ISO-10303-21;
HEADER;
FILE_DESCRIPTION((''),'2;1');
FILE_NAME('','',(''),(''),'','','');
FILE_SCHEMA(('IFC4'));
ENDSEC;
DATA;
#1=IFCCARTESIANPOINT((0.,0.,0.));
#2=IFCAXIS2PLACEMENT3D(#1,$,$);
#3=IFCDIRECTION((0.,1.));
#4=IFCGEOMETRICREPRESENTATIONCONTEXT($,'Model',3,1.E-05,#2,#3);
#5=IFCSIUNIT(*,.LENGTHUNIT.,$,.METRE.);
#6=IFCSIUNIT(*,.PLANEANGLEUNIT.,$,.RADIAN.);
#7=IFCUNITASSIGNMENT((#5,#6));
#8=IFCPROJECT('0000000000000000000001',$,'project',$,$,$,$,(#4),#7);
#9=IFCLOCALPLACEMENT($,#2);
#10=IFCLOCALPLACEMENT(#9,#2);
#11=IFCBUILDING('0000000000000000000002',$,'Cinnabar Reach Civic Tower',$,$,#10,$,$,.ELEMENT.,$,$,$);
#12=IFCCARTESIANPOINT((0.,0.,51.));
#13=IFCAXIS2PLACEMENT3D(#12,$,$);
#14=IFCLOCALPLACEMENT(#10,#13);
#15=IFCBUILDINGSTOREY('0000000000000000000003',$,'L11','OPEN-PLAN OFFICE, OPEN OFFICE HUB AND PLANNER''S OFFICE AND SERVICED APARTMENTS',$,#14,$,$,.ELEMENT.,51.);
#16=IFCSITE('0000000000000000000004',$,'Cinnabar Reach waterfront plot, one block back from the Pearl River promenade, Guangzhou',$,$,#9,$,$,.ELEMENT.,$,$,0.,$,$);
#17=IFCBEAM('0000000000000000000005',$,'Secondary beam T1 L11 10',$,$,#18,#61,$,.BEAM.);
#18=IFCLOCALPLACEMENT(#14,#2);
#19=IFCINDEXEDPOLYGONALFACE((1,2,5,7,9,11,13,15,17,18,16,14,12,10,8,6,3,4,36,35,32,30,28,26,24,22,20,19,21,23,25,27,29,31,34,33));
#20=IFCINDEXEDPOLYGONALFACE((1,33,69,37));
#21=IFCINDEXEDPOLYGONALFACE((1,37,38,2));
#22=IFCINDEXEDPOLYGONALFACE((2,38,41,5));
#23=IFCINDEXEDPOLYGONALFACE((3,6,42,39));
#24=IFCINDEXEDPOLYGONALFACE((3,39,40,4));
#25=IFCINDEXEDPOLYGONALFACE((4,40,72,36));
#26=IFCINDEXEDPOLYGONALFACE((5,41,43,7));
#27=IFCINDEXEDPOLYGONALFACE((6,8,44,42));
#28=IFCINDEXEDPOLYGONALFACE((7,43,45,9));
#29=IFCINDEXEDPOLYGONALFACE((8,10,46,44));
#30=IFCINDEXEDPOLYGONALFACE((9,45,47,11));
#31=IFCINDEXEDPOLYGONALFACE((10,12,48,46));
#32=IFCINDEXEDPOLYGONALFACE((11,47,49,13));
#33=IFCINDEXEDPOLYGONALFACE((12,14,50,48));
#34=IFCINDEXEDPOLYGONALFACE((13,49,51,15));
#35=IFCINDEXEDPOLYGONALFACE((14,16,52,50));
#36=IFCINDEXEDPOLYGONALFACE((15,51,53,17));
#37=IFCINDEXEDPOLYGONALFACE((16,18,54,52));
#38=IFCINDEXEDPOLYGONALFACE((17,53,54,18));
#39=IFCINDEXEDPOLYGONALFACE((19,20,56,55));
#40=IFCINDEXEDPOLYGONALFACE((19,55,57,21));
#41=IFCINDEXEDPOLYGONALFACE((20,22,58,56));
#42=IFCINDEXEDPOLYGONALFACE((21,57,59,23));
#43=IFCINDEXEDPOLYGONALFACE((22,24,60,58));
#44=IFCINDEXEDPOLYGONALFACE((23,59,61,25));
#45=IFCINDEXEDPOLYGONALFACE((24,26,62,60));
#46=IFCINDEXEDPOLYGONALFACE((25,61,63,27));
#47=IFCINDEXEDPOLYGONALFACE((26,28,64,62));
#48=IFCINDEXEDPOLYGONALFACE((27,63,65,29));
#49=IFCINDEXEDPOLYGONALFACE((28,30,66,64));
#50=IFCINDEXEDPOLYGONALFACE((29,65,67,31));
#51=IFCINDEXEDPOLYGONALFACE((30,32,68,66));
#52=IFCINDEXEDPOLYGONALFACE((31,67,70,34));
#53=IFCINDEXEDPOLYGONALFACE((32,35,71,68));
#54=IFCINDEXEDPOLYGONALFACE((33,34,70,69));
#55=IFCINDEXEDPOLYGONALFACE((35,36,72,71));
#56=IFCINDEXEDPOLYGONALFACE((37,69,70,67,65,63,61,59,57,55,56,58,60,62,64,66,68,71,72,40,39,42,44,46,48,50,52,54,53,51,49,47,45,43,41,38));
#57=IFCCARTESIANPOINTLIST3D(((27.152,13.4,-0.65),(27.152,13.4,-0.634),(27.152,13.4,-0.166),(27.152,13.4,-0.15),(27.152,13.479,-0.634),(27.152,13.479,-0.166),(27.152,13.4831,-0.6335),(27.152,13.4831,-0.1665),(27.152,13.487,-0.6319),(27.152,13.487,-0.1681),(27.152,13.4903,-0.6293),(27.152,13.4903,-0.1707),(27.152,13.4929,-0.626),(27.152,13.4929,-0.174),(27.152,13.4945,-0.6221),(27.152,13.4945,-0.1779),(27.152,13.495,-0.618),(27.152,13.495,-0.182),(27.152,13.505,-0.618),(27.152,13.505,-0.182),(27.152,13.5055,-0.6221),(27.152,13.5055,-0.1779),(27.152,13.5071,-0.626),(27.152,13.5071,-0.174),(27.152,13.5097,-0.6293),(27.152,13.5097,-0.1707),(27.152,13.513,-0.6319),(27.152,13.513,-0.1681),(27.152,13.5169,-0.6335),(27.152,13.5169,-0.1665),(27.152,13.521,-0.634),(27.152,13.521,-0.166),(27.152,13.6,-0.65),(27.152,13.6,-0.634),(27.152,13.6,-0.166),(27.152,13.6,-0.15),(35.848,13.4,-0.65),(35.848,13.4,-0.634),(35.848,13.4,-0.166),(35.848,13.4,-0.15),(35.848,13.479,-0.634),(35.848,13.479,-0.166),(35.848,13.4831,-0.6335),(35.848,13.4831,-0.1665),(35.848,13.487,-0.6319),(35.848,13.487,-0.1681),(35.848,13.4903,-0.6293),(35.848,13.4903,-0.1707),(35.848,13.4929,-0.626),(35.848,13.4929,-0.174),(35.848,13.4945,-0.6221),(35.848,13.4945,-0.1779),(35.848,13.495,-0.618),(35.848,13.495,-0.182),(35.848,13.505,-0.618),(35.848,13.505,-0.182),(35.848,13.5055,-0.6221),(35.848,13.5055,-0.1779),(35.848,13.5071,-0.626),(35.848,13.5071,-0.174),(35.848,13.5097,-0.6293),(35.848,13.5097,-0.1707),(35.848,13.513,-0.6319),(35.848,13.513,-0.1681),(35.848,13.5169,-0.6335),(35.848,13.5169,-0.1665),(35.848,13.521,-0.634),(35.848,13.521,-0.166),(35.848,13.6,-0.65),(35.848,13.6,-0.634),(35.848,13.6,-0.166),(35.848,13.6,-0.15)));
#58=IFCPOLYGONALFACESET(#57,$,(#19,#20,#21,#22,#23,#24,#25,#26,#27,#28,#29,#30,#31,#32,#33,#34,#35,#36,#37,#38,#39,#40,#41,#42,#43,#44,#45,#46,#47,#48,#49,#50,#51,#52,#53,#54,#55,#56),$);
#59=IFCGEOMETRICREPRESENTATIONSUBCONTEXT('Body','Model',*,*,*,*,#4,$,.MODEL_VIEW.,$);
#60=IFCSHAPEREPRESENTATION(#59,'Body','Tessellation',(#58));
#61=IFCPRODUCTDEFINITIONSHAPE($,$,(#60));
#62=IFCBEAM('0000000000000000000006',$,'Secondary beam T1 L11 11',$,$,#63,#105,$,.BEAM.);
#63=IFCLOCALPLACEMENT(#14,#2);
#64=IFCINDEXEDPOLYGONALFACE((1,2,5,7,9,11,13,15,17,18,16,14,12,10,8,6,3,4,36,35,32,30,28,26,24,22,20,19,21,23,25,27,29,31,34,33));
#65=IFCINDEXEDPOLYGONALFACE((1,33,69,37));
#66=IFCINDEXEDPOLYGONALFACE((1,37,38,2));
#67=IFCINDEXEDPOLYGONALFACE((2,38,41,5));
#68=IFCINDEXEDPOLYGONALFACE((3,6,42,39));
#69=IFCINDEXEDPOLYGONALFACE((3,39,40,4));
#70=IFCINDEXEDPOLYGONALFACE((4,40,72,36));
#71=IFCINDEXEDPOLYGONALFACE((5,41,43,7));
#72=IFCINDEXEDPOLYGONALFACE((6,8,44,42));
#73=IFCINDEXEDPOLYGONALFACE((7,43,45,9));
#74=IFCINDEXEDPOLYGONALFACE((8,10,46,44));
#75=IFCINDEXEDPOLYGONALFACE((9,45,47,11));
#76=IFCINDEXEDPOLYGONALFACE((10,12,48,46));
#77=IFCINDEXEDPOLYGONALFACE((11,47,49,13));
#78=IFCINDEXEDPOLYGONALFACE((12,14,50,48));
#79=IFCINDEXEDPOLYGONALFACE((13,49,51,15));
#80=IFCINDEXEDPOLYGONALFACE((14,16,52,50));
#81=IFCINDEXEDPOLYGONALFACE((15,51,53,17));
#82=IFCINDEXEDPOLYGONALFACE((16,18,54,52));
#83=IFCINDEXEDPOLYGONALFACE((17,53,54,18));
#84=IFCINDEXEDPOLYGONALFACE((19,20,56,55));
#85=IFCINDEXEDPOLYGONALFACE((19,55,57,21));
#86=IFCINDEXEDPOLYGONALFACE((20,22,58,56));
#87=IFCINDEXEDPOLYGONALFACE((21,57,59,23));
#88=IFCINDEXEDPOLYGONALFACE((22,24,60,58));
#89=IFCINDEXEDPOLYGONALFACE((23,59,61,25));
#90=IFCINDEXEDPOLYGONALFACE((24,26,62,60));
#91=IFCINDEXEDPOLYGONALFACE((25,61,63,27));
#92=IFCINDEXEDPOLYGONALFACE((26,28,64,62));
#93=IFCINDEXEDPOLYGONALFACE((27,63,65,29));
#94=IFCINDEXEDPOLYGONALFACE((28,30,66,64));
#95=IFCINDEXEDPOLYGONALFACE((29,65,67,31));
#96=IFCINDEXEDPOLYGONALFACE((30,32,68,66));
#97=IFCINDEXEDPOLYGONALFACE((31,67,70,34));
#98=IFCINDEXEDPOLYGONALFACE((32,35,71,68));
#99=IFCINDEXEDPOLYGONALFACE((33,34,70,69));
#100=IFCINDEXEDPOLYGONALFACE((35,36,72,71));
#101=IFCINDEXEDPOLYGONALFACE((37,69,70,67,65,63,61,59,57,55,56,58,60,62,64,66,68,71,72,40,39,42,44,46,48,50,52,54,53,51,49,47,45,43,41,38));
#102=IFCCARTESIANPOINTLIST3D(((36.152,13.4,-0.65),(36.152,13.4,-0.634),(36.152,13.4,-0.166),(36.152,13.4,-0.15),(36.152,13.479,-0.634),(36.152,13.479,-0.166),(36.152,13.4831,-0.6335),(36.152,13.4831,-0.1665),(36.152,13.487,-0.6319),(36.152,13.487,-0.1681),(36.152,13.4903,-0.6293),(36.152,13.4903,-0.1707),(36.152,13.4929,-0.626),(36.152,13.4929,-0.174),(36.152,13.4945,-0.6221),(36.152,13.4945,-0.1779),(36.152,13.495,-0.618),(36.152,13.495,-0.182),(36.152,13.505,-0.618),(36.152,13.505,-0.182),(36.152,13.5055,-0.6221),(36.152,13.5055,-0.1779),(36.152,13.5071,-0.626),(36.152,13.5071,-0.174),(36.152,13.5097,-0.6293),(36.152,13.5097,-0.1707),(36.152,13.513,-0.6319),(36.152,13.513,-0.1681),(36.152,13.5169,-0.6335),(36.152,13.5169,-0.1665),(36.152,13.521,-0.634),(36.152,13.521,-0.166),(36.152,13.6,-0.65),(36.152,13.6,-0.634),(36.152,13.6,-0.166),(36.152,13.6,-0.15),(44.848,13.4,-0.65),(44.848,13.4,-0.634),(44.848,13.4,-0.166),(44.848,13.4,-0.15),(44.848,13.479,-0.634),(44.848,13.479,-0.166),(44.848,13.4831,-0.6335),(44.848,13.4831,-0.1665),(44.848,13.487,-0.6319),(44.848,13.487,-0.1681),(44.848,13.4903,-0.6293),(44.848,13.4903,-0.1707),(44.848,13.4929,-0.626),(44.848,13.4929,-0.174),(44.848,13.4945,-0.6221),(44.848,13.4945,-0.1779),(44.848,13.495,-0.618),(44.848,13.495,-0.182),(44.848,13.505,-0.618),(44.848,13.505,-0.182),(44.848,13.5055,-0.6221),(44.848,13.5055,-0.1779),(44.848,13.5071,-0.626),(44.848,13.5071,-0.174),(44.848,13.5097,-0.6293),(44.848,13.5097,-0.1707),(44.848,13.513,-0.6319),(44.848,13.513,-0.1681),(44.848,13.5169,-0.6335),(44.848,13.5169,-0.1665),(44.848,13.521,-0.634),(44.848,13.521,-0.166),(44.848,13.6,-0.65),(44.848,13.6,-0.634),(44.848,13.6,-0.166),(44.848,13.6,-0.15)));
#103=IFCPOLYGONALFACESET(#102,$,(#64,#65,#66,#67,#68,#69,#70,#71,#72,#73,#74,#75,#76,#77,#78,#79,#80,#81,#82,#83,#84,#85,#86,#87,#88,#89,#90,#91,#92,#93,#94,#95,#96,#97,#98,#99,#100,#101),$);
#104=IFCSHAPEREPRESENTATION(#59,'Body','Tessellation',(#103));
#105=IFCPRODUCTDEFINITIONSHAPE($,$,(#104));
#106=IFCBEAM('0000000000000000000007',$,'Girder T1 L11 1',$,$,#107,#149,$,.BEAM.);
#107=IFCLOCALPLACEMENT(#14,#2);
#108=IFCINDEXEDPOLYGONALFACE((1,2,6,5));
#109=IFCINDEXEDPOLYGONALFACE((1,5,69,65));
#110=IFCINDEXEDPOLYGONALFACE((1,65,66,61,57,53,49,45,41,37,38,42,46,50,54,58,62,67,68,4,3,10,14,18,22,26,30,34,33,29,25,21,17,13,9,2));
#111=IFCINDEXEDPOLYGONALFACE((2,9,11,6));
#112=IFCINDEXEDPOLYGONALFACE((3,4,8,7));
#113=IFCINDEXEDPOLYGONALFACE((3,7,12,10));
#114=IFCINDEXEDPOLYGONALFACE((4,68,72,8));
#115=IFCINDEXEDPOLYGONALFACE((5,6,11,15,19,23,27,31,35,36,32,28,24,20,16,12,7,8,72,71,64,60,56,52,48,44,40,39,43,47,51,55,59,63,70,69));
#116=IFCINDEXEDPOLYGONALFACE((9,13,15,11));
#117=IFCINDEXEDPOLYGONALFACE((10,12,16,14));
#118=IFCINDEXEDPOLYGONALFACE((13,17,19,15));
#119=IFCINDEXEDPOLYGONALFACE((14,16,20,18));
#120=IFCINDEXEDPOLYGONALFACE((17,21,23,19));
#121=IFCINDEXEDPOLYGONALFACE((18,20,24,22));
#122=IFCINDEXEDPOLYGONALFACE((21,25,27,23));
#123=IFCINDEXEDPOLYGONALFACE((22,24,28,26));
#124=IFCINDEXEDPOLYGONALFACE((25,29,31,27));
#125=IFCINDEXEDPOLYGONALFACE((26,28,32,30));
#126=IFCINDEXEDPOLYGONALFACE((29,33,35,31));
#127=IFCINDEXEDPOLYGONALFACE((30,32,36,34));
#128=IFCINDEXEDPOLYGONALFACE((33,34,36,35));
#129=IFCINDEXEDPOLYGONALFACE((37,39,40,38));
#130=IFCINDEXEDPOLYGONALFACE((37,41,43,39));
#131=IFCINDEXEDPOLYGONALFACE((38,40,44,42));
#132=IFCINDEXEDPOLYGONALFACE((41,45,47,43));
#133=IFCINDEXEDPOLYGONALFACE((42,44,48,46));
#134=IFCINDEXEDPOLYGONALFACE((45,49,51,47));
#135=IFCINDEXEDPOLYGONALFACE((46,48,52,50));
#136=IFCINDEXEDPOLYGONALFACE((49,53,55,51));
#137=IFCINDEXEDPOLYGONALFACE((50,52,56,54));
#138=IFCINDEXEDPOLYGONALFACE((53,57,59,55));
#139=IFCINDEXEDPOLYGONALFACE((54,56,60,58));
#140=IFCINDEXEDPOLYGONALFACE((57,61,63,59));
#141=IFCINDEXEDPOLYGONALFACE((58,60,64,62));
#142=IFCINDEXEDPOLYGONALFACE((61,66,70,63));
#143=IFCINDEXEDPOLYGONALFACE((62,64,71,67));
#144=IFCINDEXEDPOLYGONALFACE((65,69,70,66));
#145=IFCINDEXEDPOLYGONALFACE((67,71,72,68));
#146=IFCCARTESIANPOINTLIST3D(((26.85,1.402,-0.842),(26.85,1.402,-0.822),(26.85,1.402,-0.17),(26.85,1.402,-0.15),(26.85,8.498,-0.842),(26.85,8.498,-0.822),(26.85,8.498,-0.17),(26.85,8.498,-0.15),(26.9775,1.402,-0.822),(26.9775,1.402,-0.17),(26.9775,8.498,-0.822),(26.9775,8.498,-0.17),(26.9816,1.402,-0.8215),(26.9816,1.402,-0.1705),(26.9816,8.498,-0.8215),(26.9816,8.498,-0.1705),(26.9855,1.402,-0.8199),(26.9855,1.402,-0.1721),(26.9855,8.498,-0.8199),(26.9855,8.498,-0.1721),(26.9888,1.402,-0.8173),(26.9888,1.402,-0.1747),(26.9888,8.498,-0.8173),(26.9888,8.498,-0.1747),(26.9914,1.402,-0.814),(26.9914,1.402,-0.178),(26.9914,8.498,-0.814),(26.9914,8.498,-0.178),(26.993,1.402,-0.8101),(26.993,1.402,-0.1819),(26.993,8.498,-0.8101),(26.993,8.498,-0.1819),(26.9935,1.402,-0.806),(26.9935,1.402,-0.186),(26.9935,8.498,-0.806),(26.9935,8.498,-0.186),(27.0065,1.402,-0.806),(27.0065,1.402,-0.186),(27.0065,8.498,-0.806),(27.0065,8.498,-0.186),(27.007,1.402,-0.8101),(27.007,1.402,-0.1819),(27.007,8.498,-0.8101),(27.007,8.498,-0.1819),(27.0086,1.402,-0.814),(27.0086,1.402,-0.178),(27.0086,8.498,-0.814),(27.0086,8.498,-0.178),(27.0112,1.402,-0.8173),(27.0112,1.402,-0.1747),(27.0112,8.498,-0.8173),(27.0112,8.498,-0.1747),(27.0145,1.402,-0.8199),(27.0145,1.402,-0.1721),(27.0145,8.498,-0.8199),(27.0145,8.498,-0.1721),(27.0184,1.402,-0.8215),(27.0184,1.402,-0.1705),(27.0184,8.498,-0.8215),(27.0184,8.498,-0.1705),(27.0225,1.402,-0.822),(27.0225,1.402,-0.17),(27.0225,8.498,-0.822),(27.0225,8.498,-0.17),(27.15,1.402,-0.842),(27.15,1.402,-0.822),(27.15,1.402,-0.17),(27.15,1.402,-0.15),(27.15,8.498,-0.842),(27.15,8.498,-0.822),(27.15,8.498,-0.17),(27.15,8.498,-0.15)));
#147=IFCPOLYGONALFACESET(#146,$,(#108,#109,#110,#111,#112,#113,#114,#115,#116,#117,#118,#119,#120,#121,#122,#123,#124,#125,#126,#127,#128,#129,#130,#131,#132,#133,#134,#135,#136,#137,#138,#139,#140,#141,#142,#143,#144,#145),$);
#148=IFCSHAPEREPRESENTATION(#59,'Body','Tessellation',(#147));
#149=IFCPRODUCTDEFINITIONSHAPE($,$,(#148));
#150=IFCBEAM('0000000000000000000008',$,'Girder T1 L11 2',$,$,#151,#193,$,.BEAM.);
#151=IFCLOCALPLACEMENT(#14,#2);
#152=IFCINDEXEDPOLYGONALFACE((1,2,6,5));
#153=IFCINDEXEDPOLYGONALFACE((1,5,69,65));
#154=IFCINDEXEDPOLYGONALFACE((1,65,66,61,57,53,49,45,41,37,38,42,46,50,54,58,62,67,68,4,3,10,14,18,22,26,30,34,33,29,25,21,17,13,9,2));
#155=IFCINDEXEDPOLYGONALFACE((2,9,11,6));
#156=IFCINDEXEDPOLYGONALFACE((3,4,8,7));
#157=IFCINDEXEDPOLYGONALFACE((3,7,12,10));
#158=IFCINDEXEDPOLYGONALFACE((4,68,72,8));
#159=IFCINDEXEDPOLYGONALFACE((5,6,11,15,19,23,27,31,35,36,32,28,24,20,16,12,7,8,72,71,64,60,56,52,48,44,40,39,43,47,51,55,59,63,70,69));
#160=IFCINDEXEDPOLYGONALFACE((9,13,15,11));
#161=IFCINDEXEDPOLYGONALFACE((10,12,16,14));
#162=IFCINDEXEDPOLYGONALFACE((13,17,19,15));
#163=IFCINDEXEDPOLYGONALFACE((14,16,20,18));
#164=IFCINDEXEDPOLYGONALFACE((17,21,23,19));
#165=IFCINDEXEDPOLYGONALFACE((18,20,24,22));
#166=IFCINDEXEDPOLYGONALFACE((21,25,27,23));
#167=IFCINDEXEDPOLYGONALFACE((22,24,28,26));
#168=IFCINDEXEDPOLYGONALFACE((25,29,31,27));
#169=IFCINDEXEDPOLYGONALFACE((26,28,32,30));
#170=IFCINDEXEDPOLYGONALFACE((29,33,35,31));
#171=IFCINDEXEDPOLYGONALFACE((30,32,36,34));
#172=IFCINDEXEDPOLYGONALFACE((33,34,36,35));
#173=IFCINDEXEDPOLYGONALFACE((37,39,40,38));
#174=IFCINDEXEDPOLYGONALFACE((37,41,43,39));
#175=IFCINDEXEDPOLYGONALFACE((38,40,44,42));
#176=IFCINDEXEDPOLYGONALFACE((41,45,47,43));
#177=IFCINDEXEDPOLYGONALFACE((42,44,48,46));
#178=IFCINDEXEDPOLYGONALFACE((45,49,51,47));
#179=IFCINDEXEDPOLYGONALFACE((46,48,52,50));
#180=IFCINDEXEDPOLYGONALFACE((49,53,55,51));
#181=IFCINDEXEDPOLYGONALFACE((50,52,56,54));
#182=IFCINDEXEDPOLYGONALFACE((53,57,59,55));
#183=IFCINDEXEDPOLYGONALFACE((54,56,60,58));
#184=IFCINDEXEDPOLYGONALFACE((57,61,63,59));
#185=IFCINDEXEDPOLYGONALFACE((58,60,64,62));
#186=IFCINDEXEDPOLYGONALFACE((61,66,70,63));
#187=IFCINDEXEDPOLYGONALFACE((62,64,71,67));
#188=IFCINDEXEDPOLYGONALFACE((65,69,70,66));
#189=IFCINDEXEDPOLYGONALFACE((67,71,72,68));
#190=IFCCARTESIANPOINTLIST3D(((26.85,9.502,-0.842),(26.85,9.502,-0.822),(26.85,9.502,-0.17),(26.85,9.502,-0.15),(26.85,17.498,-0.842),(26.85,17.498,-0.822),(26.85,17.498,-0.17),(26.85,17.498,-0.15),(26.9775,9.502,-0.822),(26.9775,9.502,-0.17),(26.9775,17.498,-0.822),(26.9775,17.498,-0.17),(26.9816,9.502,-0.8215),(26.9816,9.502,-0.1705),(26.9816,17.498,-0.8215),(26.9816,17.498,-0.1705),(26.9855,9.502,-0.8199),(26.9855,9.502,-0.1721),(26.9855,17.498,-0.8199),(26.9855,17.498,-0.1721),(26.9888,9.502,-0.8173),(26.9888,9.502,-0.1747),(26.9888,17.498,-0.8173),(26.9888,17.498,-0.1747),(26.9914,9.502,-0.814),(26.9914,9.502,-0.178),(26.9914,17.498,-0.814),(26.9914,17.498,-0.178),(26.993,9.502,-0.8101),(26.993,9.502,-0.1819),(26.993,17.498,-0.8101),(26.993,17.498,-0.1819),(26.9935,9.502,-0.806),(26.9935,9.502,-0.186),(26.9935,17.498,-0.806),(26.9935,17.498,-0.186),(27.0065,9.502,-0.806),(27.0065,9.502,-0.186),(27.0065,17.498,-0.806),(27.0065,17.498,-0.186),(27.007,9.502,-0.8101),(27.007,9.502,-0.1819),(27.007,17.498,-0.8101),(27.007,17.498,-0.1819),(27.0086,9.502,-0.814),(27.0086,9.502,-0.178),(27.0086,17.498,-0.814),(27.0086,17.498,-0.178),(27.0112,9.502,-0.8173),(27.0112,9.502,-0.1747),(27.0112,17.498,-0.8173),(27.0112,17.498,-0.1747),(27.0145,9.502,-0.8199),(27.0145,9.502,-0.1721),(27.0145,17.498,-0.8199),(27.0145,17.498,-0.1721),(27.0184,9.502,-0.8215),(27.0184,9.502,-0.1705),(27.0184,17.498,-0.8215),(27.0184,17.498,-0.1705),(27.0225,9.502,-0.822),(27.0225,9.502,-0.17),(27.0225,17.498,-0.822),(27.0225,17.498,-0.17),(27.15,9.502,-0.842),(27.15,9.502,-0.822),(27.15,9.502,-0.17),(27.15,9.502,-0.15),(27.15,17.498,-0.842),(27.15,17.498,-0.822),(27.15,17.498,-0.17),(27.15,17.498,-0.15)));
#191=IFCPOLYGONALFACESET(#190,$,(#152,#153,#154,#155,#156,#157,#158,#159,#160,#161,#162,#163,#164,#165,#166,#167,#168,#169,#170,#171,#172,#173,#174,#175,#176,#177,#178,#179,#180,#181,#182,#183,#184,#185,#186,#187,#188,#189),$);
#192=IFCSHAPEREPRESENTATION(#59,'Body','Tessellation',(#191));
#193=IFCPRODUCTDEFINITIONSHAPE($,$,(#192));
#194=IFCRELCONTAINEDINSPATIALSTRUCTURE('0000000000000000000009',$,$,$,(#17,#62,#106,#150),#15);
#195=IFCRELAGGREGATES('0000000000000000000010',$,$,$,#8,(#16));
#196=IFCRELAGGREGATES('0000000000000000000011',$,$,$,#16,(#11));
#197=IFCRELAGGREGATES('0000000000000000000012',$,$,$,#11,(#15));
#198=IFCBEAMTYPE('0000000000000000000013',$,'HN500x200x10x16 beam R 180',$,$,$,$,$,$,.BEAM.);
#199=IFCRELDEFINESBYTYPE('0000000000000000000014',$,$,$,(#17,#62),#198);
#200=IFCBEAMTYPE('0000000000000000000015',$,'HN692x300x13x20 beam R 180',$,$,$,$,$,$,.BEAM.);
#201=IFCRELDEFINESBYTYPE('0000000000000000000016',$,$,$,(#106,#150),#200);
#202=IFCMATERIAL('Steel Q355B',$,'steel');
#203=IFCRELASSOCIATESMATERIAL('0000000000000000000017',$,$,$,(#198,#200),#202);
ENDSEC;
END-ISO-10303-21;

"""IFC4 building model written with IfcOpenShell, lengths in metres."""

from ifc_helpers import new_model, si_unit, direction, frame, origin, origin_2d, place, context, subcontext, project, spatial, i_section, extrude, material, material_profile, profile_set, type_object, element, save


model = new_model("IFC4")

# Units and contexts
model_context = context("Model", 3, precision=1e-05, world=origin(), true_north=direction((0.0, 1.0)))
body_context = subcontext(model_context, "Body", "Model", "MODEL_VIEW")
ifc_project = project(units=[si_unit("LENGTHUNIT", "METRE"), si_unit("PLANEANGLEUNIT", "RADIAN")], contexts=[model_context])

# Site, building, storey
site_placement = place(None, origin())
site = spatial("IfcSite", under=ifc_project, at=site_placement, Name="Cinnabar Reach waterfront plot, one block back from the Pearl River promenade, Guangzhou", CompositionType="ELEMENT", RefElevation=0.0)
building_placement = place(site_placement, origin())
building = spatial("IfcBuilding", under=site, at=building_placement, Name="Cinnabar Reach Civic Tower", CompositionType="ELEMENT")
storey_placement = place(building_placement, frame((0.0, 0.0, 51.0)))
storey = spatial("IfcBuildingStorey", under=building, at=storey_placement, Name="L11", Description="OPEN-PLAN OFFICE, OPEN OFFICE HUB AND PLANNER'S OFFICE AND SERVICED APARTMENTS", CompositionType="ELEMENT", Elevation=51.0)

# Beams
ifc_material_1 = material(Name="Steel Q355B", Category="steel")
ifc_material_profile_1 = material_profile(ifc_material_1, i_section(OverallWidth=0.2, OverallDepth=0.5, WebThickness=0.01, FlangeThickness=0.016, FilletRadius=0.016, at=origin_2d()), Name="HN500x200x10x16")
ifc_profile_set_1 = profile_set([ifc_material_profile_1], Name="Steel Q355B")
beam_type_1 = type_object("IfcBeamType", Name="HN500x200x10x16 beam R 180", PredefinedType="BEAM", material=ifc_profile_set_1)
for number, where, z_axis, x_axis, name in (
    (1, (27.152, 13.5, -0.4), (1.0, 0.0, 0.0), (0.0, 1.0, 0.0), "Secondary beam T1 L11 10"),
    (2, (36.152, 13.5, -0.4), (1.0, 0.0, 0.0), (0.0, 1.0, 0.0), "Secondary beam T1 L11 11"),
):
    element("IfcBeam", number, at=place(storey_placement, frame(where, z_axis=z_axis, x_axis=x_axis)), inside=storey, type_object=beam_type_1, Name=name, PredefinedType="BEAM", context=body_context, shape_type="SweptSolid", body=[
        extrude(i_section(OverallWidth=0.2, OverallDepth=0.5, WebThickness=0.01, FlangeThickness=0.016, FilletRadius=0.016, at=origin_2d()), origin(), (0.0, 0.0, 1.0), 8.696),
    ])
ifc_material_profile_2 = material_profile(ifc_material_1, i_section(OverallWidth=0.3, OverallDepth=0.692, WebThickness=0.013, FlangeThickness=0.02, FilletRadius=0.016, at=origin_2d()), Name="HN692x300x13x20")
ifc_profile_set_2 = profile_set([ifc_material_profile_2], Name="Steel Q355B")
beam_type_2 = type_object("IfcBeamType", Name="HN692x300x13x20 beam R 180", PredefinedType="BEAM", material=ifc_profile_set_2)
beam_1_placement = place(storey_placement, frame((27.0, 1.402, -0.496), z_axis=(0.0, 1.0, 0.0), x_axis=(-1.0, 0.0, 0.0)))
element("IfcBeam", 3, at=beam_1_placement, inside=storey, type_object=beam_type_2, Name="Girder T1 L11 1", PredefinedType="BEAM", context=body_context, shape_type="SweptSolid", body=[
    extrude(i_section(OverallWidth=0.3, OverallDepth=0.692, WebThickness=0.013, FlangeThickness=0.02, FilletRadius=0.016, at=origin_2d()), origin(), (0.0, 0.0, 1.0), 7.096),
])
for number, where, z_axis, x_axis, name in (
    (4, (27.0, 9.502, -0.496), (0.0, 1.0, 0.0), (-1.0, 0.0, 0.0), "Girder T1 L11 2"),
):
    element("IfcBeam", number, at=place(storey_placement, frame(where, z_axis=z_axis, x_axis=x_axis)), inside=storey, type_object=beam_type_2, Name=name, PredefinedType="BEAM", context=body_context, shape_type="SweptSolid", body=[
        extrude(i_section(OverallWidth=0.3, OverallDepth=0.692, WebThickness=0.013, FlangeThickness=0.02, FilletRadius=0.016, at=origin_2d()), origin(), (0.0, 0.0, 1.0), 7.996),
    ])

save(model, "model.ifc")
